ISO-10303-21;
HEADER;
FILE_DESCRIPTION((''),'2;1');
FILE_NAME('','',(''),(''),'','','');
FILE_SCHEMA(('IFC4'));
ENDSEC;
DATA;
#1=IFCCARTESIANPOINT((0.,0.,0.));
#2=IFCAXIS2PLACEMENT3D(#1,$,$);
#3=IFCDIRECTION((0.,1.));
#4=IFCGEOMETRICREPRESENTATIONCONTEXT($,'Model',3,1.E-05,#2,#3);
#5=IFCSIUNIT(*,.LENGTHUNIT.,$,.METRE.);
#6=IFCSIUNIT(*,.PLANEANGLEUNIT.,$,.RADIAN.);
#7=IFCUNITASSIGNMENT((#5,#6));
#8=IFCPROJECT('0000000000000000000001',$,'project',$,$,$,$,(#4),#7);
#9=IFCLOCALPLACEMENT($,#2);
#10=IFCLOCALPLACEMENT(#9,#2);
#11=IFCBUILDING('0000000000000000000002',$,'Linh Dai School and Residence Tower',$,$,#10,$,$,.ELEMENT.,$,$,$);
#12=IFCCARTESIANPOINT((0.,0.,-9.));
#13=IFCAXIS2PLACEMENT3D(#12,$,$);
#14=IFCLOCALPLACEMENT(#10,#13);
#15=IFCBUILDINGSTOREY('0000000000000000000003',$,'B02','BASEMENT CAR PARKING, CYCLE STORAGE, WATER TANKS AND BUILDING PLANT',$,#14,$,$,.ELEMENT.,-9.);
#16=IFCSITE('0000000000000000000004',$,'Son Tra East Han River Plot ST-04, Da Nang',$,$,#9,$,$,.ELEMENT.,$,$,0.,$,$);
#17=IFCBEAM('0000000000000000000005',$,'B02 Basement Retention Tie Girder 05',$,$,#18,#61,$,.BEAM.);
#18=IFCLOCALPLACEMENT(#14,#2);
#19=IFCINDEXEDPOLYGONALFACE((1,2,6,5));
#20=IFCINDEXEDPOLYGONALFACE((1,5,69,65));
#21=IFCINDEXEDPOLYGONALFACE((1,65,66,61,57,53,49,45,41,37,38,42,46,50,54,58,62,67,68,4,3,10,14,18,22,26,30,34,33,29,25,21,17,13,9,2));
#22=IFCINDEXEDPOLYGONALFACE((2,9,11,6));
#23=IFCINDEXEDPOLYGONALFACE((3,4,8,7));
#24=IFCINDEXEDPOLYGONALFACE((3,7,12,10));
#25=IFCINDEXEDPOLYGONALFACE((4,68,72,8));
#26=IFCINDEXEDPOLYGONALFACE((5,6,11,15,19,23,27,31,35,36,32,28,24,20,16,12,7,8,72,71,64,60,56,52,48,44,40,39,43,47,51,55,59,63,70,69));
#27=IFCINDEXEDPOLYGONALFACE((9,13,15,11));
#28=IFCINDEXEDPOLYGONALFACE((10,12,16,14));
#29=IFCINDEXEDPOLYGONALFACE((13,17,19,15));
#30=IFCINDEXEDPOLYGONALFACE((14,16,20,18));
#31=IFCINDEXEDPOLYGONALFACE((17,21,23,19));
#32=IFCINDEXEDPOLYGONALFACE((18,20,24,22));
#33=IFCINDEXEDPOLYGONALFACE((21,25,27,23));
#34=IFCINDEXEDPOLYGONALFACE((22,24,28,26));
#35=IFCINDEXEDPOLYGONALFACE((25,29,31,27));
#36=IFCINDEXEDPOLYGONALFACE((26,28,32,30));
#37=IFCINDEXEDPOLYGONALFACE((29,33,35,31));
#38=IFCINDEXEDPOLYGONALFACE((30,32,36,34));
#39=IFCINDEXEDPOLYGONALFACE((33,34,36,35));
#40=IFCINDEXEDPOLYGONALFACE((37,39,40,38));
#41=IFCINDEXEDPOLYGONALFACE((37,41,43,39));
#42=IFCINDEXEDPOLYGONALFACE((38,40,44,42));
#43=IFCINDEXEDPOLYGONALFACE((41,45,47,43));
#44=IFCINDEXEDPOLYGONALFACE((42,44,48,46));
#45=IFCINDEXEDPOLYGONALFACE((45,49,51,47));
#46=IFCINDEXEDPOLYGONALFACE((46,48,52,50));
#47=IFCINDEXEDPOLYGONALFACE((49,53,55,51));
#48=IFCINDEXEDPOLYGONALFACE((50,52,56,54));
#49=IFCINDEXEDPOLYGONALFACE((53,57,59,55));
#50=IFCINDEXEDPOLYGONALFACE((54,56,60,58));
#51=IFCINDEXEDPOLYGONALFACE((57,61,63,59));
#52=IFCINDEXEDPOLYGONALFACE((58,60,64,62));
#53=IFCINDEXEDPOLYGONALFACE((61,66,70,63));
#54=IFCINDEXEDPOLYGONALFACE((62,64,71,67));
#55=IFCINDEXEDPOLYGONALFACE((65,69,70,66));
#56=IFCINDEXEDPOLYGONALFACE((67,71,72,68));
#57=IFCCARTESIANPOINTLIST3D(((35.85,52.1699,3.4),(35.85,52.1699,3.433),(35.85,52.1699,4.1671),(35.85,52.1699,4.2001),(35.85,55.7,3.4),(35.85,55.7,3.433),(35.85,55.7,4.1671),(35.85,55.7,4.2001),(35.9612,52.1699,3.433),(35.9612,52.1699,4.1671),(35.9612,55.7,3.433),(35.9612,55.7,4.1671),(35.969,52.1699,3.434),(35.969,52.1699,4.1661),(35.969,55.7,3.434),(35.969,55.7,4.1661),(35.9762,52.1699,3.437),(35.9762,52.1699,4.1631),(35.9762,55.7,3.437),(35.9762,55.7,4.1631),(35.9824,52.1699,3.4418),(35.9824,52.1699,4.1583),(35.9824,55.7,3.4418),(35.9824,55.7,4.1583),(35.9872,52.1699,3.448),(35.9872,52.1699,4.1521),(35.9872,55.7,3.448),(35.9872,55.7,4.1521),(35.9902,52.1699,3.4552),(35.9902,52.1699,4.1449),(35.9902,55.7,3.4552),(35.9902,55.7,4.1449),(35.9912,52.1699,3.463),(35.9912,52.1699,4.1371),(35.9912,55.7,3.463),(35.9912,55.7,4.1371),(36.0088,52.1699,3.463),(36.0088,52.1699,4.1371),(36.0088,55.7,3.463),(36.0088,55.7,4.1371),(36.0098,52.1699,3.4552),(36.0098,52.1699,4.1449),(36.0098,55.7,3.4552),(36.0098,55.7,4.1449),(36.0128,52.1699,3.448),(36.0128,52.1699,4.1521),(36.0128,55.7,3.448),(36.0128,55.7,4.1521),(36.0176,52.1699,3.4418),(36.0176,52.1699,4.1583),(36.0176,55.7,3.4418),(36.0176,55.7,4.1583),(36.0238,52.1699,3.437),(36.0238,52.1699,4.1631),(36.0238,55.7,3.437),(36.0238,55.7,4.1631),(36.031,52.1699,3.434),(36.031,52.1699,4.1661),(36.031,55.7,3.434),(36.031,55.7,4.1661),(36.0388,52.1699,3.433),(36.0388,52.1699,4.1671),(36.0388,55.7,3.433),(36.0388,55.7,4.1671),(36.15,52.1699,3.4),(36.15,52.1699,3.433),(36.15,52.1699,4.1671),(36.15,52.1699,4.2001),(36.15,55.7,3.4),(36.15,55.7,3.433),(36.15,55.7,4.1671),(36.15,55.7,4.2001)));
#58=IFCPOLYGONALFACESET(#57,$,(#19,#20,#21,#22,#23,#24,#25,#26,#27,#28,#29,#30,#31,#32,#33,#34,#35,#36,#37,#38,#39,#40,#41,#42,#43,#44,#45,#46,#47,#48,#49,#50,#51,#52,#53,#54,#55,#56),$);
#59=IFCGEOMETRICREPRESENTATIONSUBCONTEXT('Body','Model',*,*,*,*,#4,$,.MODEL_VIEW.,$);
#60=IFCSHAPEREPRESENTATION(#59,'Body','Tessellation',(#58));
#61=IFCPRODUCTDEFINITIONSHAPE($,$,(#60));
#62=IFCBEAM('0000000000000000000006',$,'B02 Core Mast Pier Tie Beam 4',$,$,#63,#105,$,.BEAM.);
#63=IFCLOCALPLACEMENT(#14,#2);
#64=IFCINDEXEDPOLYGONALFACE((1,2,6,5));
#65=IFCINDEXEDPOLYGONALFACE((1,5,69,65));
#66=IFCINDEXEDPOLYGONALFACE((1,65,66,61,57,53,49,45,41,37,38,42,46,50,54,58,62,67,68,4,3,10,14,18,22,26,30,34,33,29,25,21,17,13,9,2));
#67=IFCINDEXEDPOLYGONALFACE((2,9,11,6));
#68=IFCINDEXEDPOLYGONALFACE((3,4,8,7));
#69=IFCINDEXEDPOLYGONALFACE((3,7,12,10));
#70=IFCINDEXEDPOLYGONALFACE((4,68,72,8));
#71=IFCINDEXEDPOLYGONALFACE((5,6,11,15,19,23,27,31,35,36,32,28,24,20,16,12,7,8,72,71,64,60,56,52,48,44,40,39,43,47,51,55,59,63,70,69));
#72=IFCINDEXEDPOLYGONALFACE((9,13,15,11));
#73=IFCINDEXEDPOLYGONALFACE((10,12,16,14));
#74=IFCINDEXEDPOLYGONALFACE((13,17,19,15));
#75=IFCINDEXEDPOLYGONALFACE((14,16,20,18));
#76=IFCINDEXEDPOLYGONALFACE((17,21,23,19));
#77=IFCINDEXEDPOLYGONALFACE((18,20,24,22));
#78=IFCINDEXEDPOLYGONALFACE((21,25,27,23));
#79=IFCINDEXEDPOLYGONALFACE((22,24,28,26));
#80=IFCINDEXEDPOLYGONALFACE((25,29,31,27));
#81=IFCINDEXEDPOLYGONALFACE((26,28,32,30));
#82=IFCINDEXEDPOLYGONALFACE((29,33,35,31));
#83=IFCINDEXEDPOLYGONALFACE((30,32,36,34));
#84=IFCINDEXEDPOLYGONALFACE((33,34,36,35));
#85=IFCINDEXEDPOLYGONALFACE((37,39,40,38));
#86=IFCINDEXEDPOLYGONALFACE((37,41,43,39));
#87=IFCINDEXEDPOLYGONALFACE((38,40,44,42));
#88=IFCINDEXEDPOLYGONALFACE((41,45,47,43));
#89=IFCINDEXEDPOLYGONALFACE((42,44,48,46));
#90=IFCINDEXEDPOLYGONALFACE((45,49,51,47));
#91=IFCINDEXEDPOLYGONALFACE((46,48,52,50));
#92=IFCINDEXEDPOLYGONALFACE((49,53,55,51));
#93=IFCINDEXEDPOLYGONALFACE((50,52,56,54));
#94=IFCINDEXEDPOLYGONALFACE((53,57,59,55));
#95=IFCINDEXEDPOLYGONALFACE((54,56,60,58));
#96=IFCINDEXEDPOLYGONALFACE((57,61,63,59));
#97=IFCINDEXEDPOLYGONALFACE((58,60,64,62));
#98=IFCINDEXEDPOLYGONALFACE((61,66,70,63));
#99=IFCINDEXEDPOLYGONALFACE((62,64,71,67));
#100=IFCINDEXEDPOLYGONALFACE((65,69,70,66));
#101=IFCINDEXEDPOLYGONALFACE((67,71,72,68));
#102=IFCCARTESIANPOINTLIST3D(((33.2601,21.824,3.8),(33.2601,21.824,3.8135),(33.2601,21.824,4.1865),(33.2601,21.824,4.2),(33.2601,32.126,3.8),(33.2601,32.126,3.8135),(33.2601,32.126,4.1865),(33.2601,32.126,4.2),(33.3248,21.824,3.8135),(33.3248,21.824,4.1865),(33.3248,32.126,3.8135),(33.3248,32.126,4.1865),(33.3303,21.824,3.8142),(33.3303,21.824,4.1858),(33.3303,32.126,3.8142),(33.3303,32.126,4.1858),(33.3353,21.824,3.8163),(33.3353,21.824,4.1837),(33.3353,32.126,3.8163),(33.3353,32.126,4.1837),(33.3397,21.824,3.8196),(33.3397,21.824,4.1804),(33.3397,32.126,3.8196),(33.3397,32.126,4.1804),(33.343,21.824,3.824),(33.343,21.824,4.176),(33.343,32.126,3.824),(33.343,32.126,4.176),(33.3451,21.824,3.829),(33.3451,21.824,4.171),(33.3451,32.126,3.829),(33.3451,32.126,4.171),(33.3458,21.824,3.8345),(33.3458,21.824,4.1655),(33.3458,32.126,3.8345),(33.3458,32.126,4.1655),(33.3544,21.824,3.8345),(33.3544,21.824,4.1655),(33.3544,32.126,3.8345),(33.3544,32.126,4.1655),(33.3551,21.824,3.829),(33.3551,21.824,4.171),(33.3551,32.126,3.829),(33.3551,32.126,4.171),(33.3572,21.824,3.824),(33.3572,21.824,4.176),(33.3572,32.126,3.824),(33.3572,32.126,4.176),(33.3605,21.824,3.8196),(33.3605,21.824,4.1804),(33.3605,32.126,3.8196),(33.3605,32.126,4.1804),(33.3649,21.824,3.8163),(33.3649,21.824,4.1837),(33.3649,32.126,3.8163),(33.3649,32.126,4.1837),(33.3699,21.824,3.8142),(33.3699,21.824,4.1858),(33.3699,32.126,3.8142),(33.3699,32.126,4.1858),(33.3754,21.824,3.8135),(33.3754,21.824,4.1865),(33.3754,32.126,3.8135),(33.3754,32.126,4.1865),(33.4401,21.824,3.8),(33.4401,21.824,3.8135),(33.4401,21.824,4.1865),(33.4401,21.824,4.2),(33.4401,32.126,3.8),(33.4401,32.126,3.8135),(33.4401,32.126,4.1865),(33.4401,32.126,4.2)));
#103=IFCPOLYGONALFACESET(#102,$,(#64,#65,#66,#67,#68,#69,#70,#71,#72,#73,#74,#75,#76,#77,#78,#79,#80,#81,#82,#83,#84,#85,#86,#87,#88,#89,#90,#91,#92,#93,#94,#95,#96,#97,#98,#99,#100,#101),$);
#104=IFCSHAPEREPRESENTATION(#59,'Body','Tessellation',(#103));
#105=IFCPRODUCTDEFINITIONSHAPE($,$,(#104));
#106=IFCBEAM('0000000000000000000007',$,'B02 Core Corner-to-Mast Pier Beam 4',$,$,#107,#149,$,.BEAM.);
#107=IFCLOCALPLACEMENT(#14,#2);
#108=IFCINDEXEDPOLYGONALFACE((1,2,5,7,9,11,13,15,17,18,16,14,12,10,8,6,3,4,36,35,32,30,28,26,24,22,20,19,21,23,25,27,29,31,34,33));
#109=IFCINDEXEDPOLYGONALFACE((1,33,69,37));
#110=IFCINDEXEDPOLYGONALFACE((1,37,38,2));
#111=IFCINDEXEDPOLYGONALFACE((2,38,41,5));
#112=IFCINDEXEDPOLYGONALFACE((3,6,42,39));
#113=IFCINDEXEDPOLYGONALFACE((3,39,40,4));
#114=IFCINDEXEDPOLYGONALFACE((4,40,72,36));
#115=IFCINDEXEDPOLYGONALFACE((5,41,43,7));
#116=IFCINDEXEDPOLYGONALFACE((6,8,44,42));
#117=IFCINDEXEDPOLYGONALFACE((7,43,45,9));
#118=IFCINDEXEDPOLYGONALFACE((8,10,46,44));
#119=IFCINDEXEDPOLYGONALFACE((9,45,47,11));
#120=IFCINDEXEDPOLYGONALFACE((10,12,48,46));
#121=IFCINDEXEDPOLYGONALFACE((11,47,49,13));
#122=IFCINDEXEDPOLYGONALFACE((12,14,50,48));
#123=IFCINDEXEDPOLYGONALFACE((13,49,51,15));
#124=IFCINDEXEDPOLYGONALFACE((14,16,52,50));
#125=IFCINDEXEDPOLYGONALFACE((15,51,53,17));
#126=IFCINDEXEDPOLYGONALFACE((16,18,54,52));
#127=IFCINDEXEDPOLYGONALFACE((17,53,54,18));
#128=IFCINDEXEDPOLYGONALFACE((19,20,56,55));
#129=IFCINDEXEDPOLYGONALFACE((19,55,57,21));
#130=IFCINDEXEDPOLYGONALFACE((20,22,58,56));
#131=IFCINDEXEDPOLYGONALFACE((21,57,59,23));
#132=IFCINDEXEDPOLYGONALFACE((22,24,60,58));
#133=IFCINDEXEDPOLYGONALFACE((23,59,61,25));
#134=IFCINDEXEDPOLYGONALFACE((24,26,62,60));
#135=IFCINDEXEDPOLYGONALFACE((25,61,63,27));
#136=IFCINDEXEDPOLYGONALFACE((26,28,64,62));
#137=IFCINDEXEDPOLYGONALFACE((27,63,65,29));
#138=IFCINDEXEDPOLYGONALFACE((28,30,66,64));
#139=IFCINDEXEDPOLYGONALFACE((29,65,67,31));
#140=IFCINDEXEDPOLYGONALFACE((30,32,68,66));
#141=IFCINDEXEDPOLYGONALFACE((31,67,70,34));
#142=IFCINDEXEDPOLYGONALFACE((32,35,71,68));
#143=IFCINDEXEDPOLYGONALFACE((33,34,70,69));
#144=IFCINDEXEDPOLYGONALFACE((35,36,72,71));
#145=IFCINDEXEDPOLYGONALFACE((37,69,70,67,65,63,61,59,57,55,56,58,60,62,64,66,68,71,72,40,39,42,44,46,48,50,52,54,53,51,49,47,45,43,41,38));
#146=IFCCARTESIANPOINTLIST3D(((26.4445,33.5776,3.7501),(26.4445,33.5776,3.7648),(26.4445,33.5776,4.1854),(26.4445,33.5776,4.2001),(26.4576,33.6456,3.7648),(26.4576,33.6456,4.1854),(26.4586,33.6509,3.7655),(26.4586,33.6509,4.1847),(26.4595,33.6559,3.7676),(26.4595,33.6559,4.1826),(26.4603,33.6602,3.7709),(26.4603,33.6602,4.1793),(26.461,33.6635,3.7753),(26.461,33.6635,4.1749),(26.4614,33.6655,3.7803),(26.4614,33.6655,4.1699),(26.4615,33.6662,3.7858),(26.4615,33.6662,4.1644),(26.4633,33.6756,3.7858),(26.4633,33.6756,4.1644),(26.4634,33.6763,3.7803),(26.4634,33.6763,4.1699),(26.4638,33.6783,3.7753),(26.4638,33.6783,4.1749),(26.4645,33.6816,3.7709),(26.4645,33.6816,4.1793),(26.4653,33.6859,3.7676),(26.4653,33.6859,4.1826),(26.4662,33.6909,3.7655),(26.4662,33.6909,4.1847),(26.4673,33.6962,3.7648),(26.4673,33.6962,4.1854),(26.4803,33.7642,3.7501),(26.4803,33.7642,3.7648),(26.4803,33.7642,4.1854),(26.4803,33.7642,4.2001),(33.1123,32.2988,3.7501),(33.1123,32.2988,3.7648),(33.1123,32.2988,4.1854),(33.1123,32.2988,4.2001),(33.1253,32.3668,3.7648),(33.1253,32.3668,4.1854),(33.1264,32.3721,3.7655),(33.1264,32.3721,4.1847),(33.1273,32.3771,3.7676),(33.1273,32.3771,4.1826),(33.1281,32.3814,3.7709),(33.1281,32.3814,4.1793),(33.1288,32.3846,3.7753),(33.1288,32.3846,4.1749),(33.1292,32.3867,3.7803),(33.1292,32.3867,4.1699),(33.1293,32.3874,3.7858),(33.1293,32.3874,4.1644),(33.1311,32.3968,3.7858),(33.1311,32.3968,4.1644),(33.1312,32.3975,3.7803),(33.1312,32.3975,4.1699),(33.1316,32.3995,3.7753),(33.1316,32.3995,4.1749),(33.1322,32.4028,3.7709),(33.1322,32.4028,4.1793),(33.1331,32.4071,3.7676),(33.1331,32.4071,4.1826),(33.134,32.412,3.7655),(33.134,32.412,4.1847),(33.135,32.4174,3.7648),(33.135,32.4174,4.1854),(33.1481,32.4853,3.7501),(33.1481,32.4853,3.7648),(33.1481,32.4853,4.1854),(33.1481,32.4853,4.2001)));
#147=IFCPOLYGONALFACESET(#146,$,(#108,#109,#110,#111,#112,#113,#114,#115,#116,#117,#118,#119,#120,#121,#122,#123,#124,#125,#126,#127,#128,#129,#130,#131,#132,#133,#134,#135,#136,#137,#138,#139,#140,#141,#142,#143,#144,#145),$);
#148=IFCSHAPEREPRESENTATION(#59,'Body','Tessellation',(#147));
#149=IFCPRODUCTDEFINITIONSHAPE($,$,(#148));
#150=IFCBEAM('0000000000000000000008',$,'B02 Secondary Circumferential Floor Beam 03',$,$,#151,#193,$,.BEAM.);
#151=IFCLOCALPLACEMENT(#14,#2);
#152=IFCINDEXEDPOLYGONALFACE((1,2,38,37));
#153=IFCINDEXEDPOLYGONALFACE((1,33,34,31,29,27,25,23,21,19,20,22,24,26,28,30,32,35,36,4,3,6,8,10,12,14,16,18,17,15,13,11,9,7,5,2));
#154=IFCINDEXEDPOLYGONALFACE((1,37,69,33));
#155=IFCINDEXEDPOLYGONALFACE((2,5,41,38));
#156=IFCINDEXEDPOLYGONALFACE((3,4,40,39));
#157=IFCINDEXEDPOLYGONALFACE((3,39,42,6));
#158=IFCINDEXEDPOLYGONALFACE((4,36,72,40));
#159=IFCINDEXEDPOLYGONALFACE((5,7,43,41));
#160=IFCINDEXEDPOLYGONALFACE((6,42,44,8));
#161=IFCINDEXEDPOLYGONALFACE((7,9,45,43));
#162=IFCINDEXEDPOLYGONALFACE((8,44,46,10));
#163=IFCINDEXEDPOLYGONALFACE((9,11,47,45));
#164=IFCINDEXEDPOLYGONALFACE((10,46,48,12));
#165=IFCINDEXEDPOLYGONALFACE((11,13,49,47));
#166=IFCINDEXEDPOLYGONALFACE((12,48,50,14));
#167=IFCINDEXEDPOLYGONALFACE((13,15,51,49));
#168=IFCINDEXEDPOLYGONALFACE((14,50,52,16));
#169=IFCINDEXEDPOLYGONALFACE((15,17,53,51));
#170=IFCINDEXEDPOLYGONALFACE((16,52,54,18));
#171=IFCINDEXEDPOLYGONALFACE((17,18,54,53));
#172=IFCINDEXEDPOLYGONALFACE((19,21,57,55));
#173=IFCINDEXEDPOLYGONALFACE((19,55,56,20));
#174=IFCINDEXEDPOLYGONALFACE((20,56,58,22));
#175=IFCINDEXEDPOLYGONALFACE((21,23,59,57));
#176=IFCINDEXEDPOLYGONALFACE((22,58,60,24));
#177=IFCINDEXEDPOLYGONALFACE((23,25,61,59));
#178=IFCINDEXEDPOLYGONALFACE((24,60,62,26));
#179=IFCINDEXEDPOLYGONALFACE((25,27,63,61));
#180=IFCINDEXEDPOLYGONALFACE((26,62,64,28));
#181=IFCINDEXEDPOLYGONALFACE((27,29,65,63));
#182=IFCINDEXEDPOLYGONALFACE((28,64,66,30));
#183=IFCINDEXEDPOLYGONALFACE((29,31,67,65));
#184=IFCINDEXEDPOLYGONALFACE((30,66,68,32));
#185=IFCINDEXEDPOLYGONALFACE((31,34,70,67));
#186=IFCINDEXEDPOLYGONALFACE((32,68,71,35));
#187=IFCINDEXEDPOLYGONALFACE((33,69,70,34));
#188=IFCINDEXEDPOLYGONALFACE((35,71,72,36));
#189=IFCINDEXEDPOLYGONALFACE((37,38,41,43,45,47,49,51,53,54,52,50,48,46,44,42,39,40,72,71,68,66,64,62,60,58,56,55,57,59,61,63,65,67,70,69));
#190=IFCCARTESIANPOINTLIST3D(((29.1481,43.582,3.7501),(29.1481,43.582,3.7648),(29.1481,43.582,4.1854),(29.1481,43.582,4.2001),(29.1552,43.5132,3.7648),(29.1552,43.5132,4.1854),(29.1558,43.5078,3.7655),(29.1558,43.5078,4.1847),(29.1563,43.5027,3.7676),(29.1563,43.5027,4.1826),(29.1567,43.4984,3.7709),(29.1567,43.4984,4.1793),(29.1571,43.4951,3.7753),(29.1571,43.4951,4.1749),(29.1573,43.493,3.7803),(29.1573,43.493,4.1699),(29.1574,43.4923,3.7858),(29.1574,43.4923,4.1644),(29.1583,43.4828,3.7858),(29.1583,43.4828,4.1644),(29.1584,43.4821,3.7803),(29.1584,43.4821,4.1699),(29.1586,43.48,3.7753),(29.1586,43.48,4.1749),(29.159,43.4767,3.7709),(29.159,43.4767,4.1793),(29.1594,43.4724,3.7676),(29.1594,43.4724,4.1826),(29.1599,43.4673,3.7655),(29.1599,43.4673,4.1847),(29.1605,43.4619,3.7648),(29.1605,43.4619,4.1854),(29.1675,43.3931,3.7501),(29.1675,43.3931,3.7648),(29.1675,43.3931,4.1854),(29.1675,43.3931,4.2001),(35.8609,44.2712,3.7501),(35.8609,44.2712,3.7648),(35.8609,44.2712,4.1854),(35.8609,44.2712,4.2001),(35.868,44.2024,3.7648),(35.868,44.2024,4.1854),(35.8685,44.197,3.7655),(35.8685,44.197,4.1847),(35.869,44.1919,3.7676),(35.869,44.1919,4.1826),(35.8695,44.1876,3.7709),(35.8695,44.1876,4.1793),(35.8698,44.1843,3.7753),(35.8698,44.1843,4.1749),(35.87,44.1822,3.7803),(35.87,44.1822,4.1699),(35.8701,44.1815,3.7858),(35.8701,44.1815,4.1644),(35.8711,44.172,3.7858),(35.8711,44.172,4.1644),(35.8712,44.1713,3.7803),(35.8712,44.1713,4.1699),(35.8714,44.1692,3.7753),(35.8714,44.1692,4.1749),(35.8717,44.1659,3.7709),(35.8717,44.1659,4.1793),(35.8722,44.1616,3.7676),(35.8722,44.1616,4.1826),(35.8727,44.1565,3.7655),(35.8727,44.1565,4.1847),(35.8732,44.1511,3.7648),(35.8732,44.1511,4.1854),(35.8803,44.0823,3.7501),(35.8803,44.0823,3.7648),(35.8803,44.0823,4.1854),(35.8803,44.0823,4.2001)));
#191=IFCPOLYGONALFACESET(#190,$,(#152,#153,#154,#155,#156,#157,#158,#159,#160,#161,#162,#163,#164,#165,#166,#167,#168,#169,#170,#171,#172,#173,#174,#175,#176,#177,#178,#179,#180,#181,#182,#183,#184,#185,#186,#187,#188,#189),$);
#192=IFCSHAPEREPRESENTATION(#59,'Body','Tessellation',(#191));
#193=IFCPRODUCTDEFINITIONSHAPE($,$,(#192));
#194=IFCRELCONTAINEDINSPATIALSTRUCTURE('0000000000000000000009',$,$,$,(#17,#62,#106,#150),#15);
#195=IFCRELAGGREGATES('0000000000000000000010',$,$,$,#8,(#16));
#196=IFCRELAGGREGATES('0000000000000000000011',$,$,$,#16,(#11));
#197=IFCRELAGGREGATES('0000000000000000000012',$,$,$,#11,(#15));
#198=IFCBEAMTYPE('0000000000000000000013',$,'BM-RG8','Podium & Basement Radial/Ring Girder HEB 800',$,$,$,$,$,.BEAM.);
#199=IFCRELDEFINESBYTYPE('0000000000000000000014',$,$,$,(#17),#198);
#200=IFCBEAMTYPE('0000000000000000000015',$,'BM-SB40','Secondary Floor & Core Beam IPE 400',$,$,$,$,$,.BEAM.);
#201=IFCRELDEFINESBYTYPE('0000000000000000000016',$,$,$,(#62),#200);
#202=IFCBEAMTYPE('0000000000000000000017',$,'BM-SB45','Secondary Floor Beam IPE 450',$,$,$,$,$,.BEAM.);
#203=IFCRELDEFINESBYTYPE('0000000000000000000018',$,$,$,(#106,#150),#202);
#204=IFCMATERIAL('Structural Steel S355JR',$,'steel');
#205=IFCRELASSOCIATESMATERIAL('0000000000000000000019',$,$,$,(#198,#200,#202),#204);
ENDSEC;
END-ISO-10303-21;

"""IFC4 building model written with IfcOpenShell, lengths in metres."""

from ifc_helpers import new_model, si_unit, direction, frame, origin, origin_2d, place, context, subcontext, project, spatial, i_section, extrude, material, material_profile, profile_set, type_object, element, save


model = new_model("IFC4")

# Units and contexts
model_context = context("Model", 3, precision=1e-05, world=origin(), true_north=direction((0.0, 1.0)))
body_context = subcontext(model_context, "Body", "Model", "MODEL_VIEW")
ifc_project = project(units=[si_unit("LENGTHUNIT", "METRE"), si_unit("PLANEANGLEUNIT", "RADIAN")], contexts=[model_context])

# Site, building, storey
site_placement = place(None, origin())
site = spatial("IfcSite", under=ifc_project, at=site_placement, Name="Son Tra East Han River Plot ST-04, Da Nang", CompositionType="ELEMENT", RefElevation=0.0)
building_placement = place(site_placement, origin())
building = spatial("IfcBuilding", under=site, at=building_placement, Name="Linh Dai School and Residence Tower", CompositionType="ELEMENT")
storey_placement = place(building_placement, frame((0.0, 0.0, -9.0)))
storey = spatial("IfcBuildingStorey", under=building, at=storey_placement, Name="B02", Description="BASEMENT CAR PARKING, CYCLE STORAGE, WATER TANKS AND BUILDING PLANT", CompositionType="ELEMENT", Elevation=-9.0)

# Shared definitions
ifc_material_1 = material(Name="Structural Steel S355JR", Category="steel")

# Beams
ifc_material_profile_1 = material_profile(ifc_material_1, i_section(OverallWidth=0.3, OverallDepth=0.8, WebThickness=0.0176, FlangeThickness=0.033, FilletRadius=0.03, at=origin_2d()), Name="HEB 800")
ifc_profile_set_1 = profile_set([ifc_material_profile_1], Name="Structural Steel S355JR")
beam_type_1 = type_object("IfcBeamType", Name="BM-RG8", Description="Podium & Basement Radial/Ring Girder HEB 800", PredefinedType="BEAM", material=ifc_profile_set_1)
beam_1_placement = place(storey_placement, frame((36.0, 52.1699, 3.8), z_axis=(0.0, 1.0, 0.0), x_axis=(-1.0, 0.0, 0.0)))
element("IfcBeam", 1, at=beam_1_placement, inside=storey, type_object=beam_type_1, Name="B02 Basement Retention Tie Girder 05", PredefinedType="BEAM", context=body_context, shape_type="SweptSolid", body=[
    extrude(i_section(OverallWidth=0.3, OverallDepth=0.8, WebThickness=0.0176, FlangeThickness=0.033, FilletRadius=0.03, at=origin_2d()), origin(), (0.0, 0.0, 1.0), 3.53),
])
ifc_material_profile_2 = material_profile(ifc_material_1, i_section(OverallWidth=0.1799, OverallDepth=0.3999, WebThickness=0.0085, FlangeThickness=0.0134, FilletRadius=0.021, at=origin_2d()), Name="IPE 400")
ifc_profile_set_2 = profile_set([ifc_material_profile_2], Name="Structural Steel S355JR")
beam_type_2 = type_object("IfcBeamType", Name="BM-SB40", Description="Secondary Floor & Core Beam IPE 400", PredefinedType="BEAM", material=ifc_profile_set_2)
beam_2_placement = place(storey_placement, frame((33.3501, 32.126, 4.0), z_axis=(0.0, -1.0, 0.0), x_axis=(1.0, 0.0, 0.0)))
element("IfcBeam", 2, at=beam_2_placement, inside=storey, type_object=beam_type_2, Name="B02 Core Mast Pier Tie Beam 4", PredefinedType="BEAM", context=body_context, shape_type="SweptSolid", body=[
    extrude(i_section(OverallWidth=0.1799, OverallDepth=0.3999, WebThickness=0.0085, FlangeThickness=0.0134, FilletRadius=0.021, at=origin_2d()), origin(), (0.0, 0.0, 1.0), 10.302),
])
ifc_material_profile_3 = material_profile(ifc_material_1, i_section(OverallWidth=0.1899, OverallDepth=0.45, WebThickness=0.0095, FlangeThickness=0.0146, FilletRadius=0.021, at=origin_2d()), Name="IPE 450")
ifc_profile_set_3 = profile_set([ifc_material_profile_3], Name="Structural Steel S355JR")
beam_type_3 = type_object("IfcBeamType", Name="BM-SB45", Description="Secondary Floor Beam IPE 450", PredefinedType="BEAM", material=ifc_profile_set_3)
beam_3_placement = place(storey_placement, frame((26.4624, 33.6709, 3.9751), z_axis=(0.9821, -0.188358, 0.0), x_axis=(0.188358, 0.9821, 0.0)))
element("IfcBeam", 3, at=beam_3_placement, inside=storey, type_object=beam_type_3, Name="B02 Core Corner-to-Mast Pier Beam 4", PredefinedType="BEAM", context=body_context, shape_type="SweptSolid", body=[
    extrude(i_section(OverallWidth=0.1899, OverallDepth=0.45, WebThickness=0.0095, FlangeThickness=0.0146, FilletRadius=0.021, at=origin_2d()), origin(), (0.0, 0.0, 1.0), 6.7893),
])
beam_4_placement = place(storey_placement, frame((35.8706, 44.1768, 3.9751), z_axis=(-0.99477, -0.102136, 0.0), x_axis=(0.102136, -0.99477, 0.0)))
element("IfcBeam", 4, at=beam_4_placement, inside=storey, type_object=beam_type_3, Name="B02 Secondary Circumferential Floor Beam 03", PredefinedType="BEAM", context=body_context, shape_type="SweptSolid", body=[
    extrude(i_section(OverallWidth=0.1899, OverallDepth=0.45, WebThickness=0.0095, FlangeThickness=0.0146, FilletRadius=0.021, at=origin_2d()), origin(), (0.0, 0.0, 1.0), 6.748),
])

save(model, "model.ifc")
